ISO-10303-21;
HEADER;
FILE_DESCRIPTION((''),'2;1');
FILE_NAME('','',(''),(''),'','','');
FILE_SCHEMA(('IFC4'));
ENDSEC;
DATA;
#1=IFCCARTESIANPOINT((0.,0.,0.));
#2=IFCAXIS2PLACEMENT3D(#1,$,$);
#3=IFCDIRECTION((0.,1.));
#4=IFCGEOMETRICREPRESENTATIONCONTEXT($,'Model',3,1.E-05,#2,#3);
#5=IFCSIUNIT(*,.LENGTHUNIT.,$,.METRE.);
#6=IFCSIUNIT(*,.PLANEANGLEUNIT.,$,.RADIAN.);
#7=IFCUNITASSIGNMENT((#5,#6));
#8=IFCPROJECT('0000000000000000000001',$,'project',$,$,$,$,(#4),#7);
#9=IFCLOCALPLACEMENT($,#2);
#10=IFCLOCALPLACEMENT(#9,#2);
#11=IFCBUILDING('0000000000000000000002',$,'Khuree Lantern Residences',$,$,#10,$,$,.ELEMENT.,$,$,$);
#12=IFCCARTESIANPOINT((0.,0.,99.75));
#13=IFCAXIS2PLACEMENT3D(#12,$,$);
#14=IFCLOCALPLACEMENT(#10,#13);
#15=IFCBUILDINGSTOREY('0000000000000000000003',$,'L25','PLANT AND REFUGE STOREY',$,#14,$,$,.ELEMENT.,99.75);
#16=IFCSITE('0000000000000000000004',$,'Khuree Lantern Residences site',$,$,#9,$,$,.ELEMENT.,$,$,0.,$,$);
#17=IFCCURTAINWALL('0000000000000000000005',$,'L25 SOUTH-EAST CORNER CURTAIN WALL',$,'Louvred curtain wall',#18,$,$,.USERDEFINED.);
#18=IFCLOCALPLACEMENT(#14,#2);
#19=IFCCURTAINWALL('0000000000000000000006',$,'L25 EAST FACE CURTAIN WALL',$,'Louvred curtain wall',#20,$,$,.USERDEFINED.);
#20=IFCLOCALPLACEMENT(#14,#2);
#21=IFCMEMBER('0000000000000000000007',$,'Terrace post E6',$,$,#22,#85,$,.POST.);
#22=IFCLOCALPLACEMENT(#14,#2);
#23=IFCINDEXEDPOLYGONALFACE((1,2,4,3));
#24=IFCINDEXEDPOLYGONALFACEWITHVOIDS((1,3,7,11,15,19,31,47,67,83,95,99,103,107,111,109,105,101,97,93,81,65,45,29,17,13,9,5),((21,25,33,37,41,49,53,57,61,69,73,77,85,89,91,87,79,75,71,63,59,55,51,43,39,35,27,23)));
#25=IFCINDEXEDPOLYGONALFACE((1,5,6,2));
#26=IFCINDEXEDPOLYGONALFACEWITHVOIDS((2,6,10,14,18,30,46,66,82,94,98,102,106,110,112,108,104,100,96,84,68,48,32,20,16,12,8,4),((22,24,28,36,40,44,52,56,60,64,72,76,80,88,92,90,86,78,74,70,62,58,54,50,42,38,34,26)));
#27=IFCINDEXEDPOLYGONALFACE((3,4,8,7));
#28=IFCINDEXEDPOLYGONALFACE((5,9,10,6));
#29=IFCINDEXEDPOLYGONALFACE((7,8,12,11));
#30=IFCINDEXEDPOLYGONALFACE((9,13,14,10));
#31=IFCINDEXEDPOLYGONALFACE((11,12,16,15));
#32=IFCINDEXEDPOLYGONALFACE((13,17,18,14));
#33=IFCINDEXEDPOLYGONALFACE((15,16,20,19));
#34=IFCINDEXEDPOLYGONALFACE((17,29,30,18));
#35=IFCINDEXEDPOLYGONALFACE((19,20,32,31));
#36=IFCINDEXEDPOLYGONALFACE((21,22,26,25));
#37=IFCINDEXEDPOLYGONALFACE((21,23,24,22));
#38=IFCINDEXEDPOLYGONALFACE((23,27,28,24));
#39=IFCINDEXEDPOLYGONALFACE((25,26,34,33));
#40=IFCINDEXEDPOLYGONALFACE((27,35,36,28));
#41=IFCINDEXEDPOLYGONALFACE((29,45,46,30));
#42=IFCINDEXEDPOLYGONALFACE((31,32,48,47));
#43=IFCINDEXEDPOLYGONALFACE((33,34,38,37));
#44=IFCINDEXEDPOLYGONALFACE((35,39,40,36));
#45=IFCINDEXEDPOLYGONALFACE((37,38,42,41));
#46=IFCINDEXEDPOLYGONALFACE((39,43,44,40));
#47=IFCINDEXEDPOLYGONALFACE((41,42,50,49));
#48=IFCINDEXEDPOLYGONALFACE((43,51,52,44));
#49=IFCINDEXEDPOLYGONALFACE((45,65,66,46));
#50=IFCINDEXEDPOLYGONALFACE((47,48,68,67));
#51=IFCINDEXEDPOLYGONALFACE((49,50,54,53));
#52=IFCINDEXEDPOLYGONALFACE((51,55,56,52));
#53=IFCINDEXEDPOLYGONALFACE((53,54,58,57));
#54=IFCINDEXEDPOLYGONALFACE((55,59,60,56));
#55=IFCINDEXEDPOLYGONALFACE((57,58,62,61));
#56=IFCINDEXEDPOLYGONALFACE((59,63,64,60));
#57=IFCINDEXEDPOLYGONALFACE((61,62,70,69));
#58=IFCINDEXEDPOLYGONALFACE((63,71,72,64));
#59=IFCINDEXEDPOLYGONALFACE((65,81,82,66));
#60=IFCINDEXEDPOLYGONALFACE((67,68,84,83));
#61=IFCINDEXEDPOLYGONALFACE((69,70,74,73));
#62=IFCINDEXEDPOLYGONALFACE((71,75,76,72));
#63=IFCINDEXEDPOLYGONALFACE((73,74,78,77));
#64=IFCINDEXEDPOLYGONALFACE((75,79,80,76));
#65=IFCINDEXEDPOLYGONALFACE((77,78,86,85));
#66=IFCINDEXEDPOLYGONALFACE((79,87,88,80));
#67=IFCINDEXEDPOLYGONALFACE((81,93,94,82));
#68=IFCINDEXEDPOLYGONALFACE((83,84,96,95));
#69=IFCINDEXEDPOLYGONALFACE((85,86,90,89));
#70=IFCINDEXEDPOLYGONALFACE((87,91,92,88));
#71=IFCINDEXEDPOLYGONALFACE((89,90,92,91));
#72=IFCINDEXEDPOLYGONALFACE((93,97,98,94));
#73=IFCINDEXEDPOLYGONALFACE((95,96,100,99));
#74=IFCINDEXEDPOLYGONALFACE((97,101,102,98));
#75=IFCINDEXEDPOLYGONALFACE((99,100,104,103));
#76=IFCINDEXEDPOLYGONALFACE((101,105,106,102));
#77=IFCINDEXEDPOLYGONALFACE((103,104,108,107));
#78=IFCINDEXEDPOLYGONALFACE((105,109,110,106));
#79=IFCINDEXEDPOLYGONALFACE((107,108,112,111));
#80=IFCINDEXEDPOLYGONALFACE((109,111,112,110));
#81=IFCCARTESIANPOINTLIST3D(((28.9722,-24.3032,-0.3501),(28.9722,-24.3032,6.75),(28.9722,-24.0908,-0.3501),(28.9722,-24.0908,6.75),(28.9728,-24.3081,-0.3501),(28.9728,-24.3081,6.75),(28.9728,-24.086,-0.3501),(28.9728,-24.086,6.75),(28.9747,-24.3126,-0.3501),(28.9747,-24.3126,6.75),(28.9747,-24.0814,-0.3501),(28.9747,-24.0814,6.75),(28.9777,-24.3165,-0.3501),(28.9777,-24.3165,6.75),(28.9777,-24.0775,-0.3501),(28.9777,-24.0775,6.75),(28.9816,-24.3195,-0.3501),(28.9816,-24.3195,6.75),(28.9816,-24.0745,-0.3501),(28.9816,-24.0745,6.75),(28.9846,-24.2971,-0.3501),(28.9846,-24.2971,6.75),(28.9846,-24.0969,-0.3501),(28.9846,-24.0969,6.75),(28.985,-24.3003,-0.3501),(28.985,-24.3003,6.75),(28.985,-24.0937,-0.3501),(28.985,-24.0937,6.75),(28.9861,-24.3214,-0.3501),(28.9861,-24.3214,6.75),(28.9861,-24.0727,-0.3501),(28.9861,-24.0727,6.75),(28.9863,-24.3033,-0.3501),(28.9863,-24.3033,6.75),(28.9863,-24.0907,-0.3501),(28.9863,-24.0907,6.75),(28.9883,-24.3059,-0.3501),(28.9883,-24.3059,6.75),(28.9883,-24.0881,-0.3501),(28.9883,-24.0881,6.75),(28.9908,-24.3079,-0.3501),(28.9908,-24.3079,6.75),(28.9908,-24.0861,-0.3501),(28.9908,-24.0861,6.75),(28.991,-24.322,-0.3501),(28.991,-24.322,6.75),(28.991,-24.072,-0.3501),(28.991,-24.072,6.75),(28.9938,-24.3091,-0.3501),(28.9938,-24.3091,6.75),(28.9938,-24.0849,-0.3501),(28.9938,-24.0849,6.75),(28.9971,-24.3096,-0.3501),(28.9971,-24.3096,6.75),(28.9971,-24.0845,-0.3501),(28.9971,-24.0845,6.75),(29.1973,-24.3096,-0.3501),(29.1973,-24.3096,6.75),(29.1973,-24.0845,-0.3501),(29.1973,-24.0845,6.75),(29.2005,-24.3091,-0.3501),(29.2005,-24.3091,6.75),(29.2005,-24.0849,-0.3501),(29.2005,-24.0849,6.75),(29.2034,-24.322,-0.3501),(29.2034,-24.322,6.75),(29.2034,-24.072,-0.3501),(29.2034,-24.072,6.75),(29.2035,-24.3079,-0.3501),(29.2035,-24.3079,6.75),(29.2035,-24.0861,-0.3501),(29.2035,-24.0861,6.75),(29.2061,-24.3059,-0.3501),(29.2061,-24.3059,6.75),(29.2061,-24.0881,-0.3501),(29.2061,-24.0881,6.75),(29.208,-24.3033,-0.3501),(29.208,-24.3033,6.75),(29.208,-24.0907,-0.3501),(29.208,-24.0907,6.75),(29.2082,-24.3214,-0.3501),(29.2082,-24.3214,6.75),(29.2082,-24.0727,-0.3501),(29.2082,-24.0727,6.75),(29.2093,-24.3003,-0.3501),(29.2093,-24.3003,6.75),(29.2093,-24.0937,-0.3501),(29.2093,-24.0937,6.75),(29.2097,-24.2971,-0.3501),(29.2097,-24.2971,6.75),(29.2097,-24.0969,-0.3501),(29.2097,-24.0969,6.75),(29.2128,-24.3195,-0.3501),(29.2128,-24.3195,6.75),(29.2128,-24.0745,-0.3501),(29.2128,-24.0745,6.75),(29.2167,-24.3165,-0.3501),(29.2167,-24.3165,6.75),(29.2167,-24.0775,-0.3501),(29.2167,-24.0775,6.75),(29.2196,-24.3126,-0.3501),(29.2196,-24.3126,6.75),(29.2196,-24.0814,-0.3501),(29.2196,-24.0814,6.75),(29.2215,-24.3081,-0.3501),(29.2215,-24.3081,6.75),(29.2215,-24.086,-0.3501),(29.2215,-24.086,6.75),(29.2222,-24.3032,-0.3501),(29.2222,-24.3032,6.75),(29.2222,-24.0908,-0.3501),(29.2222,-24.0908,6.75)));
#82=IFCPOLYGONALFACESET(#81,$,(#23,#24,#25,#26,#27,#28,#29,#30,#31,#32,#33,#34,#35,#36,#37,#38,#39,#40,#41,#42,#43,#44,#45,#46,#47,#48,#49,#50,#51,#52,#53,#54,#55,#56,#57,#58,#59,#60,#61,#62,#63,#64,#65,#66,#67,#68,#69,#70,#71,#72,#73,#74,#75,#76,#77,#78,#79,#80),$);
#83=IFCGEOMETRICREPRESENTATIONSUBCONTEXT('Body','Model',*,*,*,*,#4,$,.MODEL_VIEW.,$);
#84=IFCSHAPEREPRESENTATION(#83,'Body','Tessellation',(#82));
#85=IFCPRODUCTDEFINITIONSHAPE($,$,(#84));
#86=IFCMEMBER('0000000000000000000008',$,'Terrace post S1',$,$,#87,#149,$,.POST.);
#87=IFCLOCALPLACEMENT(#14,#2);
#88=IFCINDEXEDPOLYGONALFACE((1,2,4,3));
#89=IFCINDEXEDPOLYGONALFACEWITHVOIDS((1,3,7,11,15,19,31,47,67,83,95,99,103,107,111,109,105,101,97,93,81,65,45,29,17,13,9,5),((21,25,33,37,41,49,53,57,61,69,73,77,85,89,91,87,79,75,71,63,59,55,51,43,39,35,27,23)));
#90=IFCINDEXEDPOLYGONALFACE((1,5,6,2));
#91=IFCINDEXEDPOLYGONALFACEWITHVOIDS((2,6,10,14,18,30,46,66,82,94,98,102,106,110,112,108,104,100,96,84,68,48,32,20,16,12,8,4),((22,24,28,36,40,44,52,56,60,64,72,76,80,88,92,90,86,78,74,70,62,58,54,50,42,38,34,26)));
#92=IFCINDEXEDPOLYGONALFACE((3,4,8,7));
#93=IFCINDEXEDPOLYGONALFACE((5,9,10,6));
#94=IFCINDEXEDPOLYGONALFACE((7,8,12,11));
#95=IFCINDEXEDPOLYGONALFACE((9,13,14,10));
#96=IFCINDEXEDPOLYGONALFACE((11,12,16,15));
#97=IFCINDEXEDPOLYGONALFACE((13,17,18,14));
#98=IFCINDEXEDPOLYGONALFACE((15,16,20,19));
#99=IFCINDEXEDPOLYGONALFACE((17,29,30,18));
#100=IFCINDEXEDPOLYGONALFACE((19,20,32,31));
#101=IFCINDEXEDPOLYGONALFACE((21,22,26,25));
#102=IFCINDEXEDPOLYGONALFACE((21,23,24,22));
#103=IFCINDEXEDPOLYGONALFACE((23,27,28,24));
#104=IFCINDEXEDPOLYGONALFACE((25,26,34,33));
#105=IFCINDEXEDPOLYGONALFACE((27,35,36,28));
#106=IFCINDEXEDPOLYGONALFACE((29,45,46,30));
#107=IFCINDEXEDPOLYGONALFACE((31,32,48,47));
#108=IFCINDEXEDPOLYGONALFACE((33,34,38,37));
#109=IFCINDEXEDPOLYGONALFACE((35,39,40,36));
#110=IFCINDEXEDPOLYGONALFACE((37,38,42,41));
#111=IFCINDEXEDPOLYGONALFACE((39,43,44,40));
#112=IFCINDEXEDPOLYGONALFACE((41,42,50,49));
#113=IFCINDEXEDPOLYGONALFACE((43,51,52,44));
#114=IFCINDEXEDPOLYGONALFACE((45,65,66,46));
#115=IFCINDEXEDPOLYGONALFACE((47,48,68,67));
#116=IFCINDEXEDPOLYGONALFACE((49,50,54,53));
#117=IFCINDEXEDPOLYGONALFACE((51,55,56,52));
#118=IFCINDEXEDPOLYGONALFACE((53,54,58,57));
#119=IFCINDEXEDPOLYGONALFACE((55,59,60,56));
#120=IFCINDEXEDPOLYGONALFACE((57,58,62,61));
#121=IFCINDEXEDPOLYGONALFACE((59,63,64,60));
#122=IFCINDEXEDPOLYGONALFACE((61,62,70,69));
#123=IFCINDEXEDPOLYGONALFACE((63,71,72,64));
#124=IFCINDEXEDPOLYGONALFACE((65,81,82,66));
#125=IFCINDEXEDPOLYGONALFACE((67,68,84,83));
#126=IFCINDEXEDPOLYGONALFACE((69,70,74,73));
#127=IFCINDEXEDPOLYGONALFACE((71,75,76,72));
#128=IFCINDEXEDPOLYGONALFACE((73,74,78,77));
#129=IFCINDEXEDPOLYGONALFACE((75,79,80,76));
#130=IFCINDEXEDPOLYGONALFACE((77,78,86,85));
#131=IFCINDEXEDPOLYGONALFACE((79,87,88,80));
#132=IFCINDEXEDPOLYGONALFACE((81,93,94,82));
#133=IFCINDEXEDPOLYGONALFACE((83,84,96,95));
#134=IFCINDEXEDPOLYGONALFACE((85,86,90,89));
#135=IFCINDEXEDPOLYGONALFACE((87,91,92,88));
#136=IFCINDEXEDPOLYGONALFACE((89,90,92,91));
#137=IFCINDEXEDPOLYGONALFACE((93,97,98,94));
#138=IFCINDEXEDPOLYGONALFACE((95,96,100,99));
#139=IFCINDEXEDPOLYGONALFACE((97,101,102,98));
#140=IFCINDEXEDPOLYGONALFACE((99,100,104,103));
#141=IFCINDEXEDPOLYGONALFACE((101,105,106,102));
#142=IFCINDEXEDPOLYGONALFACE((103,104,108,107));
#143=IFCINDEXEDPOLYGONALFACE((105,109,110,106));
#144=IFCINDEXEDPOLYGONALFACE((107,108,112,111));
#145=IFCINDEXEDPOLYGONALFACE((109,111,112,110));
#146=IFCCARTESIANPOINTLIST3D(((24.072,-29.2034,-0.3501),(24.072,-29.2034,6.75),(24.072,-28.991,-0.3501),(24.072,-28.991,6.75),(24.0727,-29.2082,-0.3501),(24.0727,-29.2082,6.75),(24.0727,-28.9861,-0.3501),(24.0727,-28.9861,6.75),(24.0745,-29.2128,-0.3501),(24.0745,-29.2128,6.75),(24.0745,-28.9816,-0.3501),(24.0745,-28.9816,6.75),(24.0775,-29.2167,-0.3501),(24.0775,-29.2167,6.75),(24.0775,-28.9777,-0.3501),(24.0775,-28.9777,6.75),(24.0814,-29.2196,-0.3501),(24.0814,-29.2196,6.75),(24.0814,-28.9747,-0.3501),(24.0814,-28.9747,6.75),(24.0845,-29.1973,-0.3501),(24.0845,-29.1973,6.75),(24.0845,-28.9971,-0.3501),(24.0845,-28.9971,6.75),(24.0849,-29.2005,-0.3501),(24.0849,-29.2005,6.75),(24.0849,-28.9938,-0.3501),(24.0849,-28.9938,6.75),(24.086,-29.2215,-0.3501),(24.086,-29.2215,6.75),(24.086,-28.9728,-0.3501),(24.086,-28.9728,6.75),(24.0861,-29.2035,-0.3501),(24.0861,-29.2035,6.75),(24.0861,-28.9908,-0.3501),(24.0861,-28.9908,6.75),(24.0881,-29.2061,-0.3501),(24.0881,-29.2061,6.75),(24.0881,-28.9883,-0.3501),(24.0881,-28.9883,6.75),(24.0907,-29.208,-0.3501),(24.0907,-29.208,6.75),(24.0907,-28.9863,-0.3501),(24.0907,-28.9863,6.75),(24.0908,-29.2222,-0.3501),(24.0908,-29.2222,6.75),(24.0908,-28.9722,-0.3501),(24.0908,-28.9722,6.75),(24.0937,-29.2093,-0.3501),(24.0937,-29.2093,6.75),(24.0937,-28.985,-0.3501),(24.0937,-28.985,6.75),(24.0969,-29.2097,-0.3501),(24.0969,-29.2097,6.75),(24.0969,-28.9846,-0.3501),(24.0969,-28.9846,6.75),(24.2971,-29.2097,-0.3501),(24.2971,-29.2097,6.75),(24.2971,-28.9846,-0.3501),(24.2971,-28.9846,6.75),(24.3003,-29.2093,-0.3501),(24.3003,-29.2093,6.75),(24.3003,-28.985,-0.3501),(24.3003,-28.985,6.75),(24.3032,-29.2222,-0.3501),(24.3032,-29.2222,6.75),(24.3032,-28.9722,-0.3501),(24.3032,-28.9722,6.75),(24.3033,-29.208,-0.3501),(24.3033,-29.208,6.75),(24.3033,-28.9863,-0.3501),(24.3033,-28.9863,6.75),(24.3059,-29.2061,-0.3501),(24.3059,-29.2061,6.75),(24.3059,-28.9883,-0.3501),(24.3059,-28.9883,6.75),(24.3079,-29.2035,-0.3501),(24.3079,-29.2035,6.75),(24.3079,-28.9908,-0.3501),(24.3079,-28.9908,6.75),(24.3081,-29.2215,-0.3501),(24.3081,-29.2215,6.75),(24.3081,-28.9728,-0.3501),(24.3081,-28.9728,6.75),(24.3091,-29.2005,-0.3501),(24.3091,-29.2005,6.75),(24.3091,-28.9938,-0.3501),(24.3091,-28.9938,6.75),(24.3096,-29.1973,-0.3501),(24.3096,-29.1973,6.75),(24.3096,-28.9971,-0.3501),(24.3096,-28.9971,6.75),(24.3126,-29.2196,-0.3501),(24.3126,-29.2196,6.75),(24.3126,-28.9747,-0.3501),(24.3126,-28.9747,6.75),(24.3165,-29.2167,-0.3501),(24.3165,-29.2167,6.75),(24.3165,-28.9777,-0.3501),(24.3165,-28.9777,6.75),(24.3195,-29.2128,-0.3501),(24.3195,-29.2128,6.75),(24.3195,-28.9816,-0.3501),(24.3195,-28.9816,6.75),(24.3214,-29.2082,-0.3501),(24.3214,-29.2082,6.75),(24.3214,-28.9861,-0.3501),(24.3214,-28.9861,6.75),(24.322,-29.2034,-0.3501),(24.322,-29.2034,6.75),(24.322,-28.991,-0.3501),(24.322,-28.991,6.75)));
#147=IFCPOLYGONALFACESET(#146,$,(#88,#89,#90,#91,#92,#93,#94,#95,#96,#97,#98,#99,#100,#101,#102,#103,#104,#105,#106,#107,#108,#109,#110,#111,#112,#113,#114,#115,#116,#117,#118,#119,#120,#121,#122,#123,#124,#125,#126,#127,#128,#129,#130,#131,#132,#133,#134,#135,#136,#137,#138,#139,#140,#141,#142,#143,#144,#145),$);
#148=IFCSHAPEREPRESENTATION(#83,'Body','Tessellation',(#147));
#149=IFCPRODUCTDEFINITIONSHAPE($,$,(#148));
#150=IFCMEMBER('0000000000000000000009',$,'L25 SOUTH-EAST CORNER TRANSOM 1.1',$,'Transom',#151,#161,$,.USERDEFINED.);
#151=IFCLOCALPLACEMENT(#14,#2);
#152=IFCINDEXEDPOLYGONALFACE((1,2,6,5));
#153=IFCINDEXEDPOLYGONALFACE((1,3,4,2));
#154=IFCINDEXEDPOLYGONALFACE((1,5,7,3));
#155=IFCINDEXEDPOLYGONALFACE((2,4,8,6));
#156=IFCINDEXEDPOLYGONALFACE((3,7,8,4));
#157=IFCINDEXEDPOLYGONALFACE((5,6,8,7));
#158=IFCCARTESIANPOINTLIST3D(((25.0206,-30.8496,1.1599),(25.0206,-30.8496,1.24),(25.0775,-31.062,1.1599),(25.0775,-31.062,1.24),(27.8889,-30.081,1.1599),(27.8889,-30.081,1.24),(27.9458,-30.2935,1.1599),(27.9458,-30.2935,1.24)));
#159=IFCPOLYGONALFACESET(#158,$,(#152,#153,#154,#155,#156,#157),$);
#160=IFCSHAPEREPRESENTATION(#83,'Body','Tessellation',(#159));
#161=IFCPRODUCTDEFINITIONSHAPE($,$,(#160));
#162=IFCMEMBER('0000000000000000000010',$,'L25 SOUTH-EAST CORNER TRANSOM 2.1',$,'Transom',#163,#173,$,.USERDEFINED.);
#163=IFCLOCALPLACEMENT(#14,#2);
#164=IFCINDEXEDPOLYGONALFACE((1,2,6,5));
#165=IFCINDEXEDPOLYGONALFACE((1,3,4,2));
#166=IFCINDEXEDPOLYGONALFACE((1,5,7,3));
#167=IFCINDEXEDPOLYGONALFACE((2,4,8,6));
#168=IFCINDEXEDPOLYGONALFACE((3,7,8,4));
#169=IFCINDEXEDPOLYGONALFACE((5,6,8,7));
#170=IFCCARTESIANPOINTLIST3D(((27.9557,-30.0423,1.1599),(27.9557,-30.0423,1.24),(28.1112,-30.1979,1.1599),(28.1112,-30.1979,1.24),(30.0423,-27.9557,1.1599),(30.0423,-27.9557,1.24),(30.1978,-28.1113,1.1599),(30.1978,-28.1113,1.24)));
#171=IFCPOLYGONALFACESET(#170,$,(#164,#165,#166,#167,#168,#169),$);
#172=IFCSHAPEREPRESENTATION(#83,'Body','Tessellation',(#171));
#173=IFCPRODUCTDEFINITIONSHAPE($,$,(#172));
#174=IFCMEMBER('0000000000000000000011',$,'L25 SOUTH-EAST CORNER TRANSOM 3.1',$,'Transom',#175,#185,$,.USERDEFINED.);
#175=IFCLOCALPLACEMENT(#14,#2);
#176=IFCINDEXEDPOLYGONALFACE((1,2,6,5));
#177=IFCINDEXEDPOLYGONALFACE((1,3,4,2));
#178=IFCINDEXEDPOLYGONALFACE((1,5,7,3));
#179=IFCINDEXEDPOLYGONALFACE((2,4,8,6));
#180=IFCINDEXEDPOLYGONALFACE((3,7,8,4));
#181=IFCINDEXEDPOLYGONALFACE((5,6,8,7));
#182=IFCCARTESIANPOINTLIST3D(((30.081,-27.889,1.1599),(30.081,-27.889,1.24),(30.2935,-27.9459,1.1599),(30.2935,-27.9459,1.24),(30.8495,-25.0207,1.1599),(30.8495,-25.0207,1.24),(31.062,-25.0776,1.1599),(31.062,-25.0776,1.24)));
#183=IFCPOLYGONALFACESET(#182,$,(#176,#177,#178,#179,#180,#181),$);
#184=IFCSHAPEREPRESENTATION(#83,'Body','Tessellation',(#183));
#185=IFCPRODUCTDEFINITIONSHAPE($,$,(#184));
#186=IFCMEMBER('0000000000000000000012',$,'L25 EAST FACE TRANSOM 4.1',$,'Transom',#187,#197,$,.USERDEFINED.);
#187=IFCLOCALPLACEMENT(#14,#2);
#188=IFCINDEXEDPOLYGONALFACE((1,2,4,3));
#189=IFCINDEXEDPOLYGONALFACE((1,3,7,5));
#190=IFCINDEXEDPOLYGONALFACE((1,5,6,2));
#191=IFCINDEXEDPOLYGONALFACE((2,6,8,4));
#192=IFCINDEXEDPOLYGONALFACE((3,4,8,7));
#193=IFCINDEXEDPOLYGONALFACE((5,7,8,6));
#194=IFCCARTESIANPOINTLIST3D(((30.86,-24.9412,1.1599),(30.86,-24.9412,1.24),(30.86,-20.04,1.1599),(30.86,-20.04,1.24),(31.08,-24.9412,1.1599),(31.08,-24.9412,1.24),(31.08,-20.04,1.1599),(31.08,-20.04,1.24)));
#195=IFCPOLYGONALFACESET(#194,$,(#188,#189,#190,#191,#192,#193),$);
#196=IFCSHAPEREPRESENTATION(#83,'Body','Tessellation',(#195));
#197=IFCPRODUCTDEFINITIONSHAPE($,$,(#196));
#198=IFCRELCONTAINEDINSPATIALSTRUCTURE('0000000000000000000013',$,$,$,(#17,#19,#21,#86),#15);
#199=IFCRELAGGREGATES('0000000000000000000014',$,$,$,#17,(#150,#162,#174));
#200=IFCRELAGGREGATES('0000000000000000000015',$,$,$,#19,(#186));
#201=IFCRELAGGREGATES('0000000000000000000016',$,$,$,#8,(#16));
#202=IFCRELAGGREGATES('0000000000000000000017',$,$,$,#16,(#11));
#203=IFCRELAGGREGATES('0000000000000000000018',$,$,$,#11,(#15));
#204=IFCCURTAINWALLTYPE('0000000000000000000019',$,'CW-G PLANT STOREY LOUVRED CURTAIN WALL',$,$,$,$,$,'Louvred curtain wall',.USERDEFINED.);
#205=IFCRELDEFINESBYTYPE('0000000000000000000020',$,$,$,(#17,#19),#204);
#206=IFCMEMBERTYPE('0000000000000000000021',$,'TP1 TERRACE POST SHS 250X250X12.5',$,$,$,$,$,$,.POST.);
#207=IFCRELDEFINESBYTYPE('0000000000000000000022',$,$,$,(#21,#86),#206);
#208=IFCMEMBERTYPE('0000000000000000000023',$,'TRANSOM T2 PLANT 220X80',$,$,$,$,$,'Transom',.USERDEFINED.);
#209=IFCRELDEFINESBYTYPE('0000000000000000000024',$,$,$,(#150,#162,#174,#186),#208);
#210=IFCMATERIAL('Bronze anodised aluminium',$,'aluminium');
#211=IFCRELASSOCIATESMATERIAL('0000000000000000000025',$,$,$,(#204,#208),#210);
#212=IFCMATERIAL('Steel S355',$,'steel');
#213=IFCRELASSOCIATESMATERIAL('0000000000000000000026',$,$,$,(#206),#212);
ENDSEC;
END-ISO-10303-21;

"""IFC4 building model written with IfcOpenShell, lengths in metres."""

from ifc_helpers import new_model, si_unit, direction, frame, origin, origin_2d, place, context, subcontext, project, spatial, rectangle, hollow_rectangle, extrude, material, material_profile, profile_set, type_object, element, aggregate, save


model = new_model("IFC4")

# Units and contexts
model_context = context("Model", 3, precision=1e-05, world=origin(), true_north=direction((0.0, 1.0)))
body_context = subcontext(model_context, "Body", "Model", "MODEL_VIEW")
ifc_project = project(units=[si_unit("LENGTHUNIT", "METRE"), si_unit("PLANEANGLEUNIT", "RADIAN")], contexts=[model_context])

# Site, building, storey
site_placement = place(None, origin())
site = spatial("IfcSite", under=ifc_project, at=site_placement, Name="Khuree Lantern Residences site", CompositionType="ELEMENT", RefElevation=0.0)
building_placement = place(site_placement, origin())
building = spatial("IfcBuilding", under=site, at=building_placement, Name="Khuree Lantern Residences", CompositionType="ELEMENT")
storey_placement = place(building_placement, frame((0.0, 0.0, 99.75)))
storey = spatial("IfcBuildingStorey", under=building, at=storey_placement, Name="L25", Description="PLANT AND REFUGE STOREY", CompositionType="ELEMENT", Elevation=99.75)

# Shared definitions
ifc_material_1 = material(Name="Steel S355", Category="steel")

# Curtain wall
ifc_material_2 = material(Name="Bronze anodised aluminium", Category="aluminium")
curtain_wall_type = type_object("IfcCurtainWallType", Name="CW-G PLANT STOREY LOUVRED CURTAIN WALL", ElementType="Louvred curtain wall", PredefinedType="USERDEFINED", material=ifc_material_2)
curtain_wall_1_placement = place(storey_placement, origin())
curtain_wall_1 = element("IfcCurtainWall", 1, at=curtain_wall_1_placement, inside=storey, type_object=curtain_wall_type, Name="L25 SOUTH-EAST CORNER CURTAIN WALL", ObjectType="Louvred curtain wall", PredefinedType="USERDEFINED")

# Curtain wall
curtain_wall_2_placement = place(storey_placement, origin())
curtain_wall_2 = element("IfcCurtainWall", 2, at=curtain_wall_2_placement, inside=storey, type_object=curtain_wall_type, Name="L25 EAST FACE CURTAIN WALL", ObjectType="Louvred curtain wall", PredefinedType="USERDEFINED")

# Members
ifc_material_profile_1 = material_profile(ifc_material_1, hollow_rectangle(XDim=0.25, YDim=0.25, WallThickness=0.0125, InnerFilletRadius=0.0125, OuterFilletRadius=0.0188, at=origin_2d()), Name="SHS 250X250X12.5")
ifc_profile_set_1 = profile_set([ifc_material_profile_1], Name="Steel S355")
member_type_1 = type_object("IfcMemberType", Name="TP1 TERRACE POST SHS 250X250X12.5", PredefinedType="POST", material=ifc_profile_set_1)
for number, where, z_axis, x_axis, name in (
    (3, (29.0972, -24.197, -0.3501), (0.0, 0.0, 1.0), (1.0, 0.0, 0.0), "Terrace post E6"),
    (4, (24.197, -29.0972, -0.3501), (0.0, 0.0, 1.0), (1.0, 0.0, 0.0), "Terrace post S1"),
):
    element("IfcMember", number, at=place(storey_placement, frame(where, z_axis=z_axis, x_axis=x_axis)), inside=storey, type_object=member_type_1, Name=name, PredefinedType="POST", context=body_context, shape_type="SweptSolid", body=[
        extrude(hollow_rectangle(XDim=0.25, YDim=0.25, WallThickness=0.0125, InnerFilletRadius=0.0125, OuterFilletRadius=0.0188, at=origin_2d()), origin(), (0.0, 0.0, 1.0), 7.1001),
    ])

# Members
ifc_material_profile_2 = material_profile(ifc_material_2, rectangle(XDim=0.22, YDim=0.0801, at=origin_2d()), Name="T2 220X80")
ifc_profile_set_2 = profile_set([ifc_material_profile_2], Name="Bronze anodised aluminium")
member_type_2 = type_object("IfcMemberType", Name="TRANSOM T2 PLANT 220X80", ElementType="Transom", PredefinedType="USERDEFINED", material=ifc_profile_set_2)
member_1_placement = place(storey_placement, frame((25.0491, -30.9558, 1.2), z_axis=(0.965929, 0.258809, 0.0), x_axis=(-0.258809, 0.965929, 0.0)))
member_1 = element("IfcMember", 5, at=member_1_placement, type_object=member_type_2, Name="L25 SOUTH-EAST CORNER TRANSOM 1.1", ObjectType="Transom", PredefinedType="USERDEFINED", context=body_context, shape_type="SweptSolid", body=[
    extrude(rectangle(XDim=0.22, YDim=0.0801, at=origin_2d()), origin(), (0.0, 0.0, 1.0), 2.9695),
])
member_2_placement = place(storey_placement, frame((28.0334, -30.1201, 1.2), z_axis=(0.707107, 0.707107, 0.0), x_axis=(-0.707107, 0.707107, 0.0)))
member_2 = element("IfcMember", 6, at=member_2_placement, type_object=member_type_2, Name="L25 SOUTH-EAST CORNER TRANSOM 2.1", ObjectType="Transom", PredefinedType="USERDEFINED", context=body_context, shape_type="SweptSolid", body=[
    extrude(rectangle(XDim=0.22, YDim=0.0801, at=origin_2d()), origin(), (0.0, 0.0, 1.0), 2.9509),
])
member_3_placement = place(storey_placement, frame((30.1873, -27.9175, 1.2), z_axis=(0.258809, 0.965929, 0.0), x_axis=(-0.965929, 0.258809, 0.0)))
member_3 = element("IfcMember", 7, at=member_3_placement, type_object=member_type_2, Name="L25 SOUTH-EAST CORNER TRANSOM 3.1", ObjectType="Transom", PredefinedType="USERDEFINED", context=body_context, shape_type="SweptSolid", body=[
    extrude(rectangle(XDim=0.22, YDim=0.0801, at=origin_2d()), origin(), (0.0, 0.0, 1.0), 2.9695),
])
member_4_placement = place(storey_placement, frame((30.97, -24.9412, 1.2), z_axis=(0.0, 1.0, 0.0), x_axis=(-1.0, 0.0, 0.0)))
member_4 = element("IfcMember", 8, at=member_4_placement, type_object=member_type_2, Name="L25 EAST FACE TRANSOM 4.1", ObjectType="Transom", PredefinedType="USERDEFINED", context=body_context, shape_type="SweptSolid", body=[
    extrude(rectangle(XDim=0.22, YDim=0.0801, at=origin_2d()), origin(), (0.0, 0.0, 1.0), 4.9011),
])

aggregate(curtain_wall_1, [member_1, member_2, member_3])
aggregate(curtain_wall_2, [member_4])

save(model, "model.ifc")
